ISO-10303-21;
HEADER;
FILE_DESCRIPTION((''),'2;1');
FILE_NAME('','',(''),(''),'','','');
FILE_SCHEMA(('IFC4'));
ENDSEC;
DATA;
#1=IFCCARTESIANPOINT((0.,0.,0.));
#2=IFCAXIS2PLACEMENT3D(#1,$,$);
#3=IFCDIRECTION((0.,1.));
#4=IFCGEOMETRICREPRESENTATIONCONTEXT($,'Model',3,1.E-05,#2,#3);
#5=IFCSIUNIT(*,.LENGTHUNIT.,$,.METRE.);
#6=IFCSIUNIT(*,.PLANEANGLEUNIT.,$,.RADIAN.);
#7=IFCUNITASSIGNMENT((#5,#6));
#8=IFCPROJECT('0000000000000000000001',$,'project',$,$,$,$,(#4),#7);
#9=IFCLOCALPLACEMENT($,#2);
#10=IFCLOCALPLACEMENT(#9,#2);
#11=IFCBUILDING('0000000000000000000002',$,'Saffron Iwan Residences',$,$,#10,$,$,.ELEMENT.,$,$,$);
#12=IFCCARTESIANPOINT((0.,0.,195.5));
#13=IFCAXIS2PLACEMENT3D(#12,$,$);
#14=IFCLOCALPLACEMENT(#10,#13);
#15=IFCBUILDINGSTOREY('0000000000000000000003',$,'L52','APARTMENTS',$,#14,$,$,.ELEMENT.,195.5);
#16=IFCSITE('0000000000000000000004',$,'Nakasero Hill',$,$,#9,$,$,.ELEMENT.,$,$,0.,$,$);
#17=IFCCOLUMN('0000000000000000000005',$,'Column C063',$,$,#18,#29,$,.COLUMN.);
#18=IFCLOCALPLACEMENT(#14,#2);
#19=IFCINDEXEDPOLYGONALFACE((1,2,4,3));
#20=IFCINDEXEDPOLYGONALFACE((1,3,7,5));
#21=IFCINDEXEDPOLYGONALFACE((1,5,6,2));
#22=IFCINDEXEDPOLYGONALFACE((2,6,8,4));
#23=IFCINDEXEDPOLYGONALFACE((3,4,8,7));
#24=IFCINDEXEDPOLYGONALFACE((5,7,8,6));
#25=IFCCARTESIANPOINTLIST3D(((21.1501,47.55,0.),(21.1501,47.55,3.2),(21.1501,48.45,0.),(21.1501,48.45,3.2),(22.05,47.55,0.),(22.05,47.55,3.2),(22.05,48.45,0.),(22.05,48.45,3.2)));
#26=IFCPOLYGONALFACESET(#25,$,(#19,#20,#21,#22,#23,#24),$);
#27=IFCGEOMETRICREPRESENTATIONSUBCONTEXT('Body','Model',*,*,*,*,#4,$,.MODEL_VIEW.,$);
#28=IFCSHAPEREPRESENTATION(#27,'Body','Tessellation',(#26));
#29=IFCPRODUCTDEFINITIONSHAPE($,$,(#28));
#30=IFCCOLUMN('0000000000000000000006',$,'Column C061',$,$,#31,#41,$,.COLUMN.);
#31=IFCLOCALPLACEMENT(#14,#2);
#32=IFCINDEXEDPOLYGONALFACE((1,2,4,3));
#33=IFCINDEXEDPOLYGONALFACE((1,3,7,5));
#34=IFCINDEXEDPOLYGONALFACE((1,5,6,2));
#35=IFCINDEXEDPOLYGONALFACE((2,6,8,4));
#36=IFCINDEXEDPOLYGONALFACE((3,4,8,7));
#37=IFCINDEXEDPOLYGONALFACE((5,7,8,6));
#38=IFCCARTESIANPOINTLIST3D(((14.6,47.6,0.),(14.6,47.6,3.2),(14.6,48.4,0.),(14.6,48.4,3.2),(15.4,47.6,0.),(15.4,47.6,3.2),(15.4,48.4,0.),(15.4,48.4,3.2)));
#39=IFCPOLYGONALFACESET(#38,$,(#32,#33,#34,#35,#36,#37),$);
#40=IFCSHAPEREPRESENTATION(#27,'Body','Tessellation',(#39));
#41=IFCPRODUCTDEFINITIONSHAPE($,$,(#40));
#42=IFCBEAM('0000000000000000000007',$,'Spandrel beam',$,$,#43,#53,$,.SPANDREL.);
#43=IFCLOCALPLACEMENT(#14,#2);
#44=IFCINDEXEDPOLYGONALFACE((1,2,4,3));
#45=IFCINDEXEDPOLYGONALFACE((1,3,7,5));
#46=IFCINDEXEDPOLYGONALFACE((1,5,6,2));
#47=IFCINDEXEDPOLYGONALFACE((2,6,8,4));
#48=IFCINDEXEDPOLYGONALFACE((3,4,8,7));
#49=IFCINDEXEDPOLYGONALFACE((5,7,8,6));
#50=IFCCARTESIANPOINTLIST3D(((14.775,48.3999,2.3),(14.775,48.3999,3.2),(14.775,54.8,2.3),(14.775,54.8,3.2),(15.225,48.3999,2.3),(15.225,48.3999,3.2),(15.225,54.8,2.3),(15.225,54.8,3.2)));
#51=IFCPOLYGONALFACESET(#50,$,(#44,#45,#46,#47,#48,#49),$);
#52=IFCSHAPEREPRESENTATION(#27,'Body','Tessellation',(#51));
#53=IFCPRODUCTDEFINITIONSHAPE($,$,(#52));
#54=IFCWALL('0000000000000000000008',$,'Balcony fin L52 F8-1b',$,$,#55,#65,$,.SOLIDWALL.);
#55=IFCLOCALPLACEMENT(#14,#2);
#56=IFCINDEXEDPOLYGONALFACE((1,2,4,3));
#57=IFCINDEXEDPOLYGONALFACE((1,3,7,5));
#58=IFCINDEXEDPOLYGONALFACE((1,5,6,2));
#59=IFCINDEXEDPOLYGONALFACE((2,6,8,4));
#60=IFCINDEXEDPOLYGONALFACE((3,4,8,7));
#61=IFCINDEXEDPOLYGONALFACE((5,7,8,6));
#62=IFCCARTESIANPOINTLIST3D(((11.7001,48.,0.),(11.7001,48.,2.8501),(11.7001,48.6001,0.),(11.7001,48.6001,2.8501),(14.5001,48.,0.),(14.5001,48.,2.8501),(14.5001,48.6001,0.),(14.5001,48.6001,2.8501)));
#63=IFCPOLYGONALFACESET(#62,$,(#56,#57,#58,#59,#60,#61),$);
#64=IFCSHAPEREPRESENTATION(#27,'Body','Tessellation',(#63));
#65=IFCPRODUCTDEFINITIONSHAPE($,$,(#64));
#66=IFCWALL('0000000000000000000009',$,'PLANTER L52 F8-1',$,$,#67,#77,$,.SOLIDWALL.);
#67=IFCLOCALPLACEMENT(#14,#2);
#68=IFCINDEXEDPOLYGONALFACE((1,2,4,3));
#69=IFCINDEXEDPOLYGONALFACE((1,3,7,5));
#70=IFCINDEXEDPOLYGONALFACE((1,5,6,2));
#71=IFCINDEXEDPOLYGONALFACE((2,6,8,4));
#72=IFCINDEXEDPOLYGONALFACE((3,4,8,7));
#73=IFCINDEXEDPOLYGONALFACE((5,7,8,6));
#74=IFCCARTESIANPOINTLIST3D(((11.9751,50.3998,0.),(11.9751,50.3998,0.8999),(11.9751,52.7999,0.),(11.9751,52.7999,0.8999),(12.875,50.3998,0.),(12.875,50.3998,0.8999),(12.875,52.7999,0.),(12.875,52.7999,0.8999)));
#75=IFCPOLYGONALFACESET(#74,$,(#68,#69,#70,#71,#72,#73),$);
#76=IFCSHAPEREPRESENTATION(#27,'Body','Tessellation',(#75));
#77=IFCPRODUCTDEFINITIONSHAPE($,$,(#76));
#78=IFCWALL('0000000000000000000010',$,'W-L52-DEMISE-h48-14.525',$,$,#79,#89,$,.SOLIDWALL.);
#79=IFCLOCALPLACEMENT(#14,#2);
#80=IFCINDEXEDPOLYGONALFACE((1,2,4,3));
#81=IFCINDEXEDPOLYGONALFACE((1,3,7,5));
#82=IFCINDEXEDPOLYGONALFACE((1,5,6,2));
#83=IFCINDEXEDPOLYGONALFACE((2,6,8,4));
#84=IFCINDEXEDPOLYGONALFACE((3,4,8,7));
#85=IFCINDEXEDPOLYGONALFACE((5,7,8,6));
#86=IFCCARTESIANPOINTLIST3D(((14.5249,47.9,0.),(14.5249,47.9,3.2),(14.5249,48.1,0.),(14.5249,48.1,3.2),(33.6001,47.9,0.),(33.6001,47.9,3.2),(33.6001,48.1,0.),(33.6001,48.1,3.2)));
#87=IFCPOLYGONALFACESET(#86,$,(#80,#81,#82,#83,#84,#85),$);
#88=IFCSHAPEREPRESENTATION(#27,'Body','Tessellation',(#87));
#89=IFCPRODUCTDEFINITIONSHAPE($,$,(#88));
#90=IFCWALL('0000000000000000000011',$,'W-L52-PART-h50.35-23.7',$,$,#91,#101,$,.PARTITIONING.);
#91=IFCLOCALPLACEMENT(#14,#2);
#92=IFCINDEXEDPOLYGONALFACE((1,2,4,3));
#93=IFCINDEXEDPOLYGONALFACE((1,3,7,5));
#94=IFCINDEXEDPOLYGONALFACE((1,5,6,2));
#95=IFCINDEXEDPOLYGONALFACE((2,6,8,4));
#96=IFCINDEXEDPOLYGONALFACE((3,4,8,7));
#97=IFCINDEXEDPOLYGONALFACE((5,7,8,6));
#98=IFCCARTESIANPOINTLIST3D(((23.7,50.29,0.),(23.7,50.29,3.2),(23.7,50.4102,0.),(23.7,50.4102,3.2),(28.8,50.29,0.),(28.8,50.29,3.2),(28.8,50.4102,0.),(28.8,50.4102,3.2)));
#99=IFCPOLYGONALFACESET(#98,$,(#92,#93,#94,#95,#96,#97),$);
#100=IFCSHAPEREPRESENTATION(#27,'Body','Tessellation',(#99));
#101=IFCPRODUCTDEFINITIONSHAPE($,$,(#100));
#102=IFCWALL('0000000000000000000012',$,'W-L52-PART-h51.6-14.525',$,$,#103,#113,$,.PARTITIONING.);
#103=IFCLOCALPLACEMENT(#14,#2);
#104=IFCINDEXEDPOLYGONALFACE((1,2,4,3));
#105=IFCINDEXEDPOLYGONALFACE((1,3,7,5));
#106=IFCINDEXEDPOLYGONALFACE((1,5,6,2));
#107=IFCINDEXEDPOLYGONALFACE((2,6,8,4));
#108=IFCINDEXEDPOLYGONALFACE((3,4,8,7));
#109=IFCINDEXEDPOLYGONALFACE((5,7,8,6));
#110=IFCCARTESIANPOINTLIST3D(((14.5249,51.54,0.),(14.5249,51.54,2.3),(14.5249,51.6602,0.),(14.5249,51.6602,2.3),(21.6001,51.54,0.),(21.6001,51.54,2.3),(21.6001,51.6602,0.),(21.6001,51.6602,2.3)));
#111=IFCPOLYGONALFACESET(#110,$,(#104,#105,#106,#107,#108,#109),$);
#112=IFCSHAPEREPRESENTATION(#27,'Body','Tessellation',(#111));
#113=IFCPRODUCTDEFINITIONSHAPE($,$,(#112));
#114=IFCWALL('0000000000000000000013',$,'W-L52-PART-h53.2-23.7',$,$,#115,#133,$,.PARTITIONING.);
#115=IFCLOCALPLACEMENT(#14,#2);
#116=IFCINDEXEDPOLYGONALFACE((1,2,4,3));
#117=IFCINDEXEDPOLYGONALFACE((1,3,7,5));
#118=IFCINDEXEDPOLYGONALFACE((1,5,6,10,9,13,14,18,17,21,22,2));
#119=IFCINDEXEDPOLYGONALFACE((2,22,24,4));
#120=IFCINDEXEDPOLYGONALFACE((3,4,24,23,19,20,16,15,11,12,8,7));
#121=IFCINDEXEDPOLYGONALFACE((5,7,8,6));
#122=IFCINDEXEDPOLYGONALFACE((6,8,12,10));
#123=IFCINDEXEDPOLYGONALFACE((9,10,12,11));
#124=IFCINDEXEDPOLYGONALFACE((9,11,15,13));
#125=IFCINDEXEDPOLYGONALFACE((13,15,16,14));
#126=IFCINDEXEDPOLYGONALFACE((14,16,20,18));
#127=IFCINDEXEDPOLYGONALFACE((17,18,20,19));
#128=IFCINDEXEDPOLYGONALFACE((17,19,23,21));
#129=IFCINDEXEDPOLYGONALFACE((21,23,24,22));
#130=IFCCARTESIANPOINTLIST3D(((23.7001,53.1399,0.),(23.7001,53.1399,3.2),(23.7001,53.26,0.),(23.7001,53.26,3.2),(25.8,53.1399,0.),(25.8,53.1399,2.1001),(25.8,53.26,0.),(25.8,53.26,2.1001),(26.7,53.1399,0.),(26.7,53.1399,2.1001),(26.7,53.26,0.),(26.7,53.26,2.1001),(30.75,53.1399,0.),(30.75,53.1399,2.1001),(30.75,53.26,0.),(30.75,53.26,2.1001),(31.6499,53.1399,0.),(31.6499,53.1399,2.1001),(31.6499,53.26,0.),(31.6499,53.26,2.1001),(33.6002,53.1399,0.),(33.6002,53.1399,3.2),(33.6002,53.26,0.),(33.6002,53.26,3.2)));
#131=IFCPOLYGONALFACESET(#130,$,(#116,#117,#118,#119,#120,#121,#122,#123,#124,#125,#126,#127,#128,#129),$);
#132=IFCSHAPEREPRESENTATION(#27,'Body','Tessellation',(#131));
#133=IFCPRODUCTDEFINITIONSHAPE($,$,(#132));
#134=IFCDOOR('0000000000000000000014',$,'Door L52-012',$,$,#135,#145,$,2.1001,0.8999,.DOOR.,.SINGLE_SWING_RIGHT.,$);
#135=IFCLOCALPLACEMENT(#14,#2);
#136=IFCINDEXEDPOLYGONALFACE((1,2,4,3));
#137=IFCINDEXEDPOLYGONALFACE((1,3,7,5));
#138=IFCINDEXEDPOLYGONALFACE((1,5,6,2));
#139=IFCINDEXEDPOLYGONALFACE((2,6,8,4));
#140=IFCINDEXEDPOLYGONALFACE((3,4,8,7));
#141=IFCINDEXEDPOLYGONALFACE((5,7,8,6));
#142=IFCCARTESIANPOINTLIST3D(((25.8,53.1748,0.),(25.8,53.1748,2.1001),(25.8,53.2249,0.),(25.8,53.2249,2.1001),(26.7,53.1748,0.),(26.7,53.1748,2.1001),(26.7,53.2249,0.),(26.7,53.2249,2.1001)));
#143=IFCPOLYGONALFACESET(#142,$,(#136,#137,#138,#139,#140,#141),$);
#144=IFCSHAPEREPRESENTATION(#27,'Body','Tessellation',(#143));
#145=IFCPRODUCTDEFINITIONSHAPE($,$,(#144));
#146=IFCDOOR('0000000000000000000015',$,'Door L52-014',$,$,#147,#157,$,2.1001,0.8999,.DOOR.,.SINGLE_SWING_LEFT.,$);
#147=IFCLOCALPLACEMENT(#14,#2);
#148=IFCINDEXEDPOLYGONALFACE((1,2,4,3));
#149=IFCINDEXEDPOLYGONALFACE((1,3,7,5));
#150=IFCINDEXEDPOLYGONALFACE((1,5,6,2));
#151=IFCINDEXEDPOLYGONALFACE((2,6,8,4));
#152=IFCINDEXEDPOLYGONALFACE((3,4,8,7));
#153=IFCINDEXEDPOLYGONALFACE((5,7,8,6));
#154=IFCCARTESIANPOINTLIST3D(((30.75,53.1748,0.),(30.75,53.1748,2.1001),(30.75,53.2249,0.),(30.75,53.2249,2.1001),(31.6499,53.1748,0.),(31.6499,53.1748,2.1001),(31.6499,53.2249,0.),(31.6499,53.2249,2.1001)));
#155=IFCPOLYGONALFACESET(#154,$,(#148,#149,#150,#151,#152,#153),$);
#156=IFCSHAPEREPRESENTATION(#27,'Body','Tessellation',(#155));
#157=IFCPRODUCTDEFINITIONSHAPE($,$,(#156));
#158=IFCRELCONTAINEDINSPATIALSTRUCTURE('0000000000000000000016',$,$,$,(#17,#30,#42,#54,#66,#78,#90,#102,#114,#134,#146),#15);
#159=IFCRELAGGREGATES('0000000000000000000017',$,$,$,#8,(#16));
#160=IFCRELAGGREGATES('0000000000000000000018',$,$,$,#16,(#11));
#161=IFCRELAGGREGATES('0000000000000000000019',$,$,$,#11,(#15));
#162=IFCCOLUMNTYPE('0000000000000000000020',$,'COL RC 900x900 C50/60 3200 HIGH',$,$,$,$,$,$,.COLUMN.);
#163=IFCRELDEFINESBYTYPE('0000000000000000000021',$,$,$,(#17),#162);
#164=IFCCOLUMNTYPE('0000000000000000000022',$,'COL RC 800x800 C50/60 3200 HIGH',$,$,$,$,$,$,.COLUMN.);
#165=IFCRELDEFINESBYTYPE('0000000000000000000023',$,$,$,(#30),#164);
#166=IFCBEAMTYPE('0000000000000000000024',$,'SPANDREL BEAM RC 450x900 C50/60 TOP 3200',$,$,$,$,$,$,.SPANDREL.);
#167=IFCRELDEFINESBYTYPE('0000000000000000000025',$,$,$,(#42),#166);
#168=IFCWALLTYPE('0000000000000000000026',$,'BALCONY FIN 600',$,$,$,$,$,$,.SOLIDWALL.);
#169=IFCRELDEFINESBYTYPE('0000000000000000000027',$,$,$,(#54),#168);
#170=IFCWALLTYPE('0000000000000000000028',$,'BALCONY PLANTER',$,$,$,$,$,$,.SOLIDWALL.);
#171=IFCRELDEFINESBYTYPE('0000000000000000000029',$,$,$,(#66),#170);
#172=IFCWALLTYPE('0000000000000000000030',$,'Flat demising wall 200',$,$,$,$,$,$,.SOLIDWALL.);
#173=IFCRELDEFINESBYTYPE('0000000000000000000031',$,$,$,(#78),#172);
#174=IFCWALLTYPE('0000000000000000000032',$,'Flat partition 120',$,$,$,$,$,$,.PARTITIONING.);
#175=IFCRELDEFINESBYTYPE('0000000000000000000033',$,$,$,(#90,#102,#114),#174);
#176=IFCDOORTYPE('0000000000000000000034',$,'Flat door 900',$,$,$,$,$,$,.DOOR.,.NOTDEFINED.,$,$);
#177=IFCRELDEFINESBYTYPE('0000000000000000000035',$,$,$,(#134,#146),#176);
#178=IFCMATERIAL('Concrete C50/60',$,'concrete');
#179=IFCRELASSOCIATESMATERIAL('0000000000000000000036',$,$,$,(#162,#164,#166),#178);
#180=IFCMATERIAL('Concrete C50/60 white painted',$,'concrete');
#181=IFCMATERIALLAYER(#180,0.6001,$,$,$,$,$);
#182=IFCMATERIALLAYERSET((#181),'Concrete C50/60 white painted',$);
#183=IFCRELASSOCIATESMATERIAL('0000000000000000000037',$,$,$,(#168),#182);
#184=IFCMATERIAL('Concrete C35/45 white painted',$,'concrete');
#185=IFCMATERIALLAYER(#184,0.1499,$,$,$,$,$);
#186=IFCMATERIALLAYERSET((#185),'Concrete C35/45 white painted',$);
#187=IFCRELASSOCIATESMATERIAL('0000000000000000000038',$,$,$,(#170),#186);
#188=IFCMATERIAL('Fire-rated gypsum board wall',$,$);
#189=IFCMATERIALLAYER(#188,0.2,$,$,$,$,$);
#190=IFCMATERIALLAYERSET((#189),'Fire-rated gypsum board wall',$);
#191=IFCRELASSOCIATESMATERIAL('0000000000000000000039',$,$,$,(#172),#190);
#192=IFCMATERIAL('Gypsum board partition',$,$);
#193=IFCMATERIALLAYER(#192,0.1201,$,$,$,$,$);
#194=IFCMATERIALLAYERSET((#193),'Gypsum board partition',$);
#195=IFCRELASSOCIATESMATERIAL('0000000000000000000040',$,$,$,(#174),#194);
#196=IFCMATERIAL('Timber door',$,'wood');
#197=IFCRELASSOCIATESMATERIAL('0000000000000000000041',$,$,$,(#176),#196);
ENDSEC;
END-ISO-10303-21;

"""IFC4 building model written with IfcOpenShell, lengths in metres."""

from ifc_helpers import new_model, si_unit, direction, frame, frame_2d, origin, origin_2d, place, context, subcontext, project, spatial, rectangle, extrude, source, transform, mapped, material, layer, layer_set, material_profile, profile_set, type_object, element, fill, save


model = new_model("IFC4")

# Units and contexts
model_context = context("Model", 3, precision=1e-05, world=origin(), true_north=direction((0.0, 1.0)))
body_context = subcontext(model_context, "Body", "Model", "MODEL_VIEW")
ifc_project = project(units=[si_unit("LENGTHUNIT", "METRE"), si_unit("PLANEANGLEUNIT", "RADIAN")], contexts=[model_context])

# Site, building, storey
site_placement = place(None, origin())
site = spatial("IfcSite", under=ifc_project, at=site_placement, Name="Nakasero Hill", CompositionType="ELEMENT", RefElevation=0.0)
building_placement = place(site_placement, origin())
building = spatial("IfcBuilding", under=site, at=building_placement, Name="Saffron Iwan Residences", CompositionType="ELEMENT")
storey_placement = place(building_placement, frame((0.0, 0.0, 195.5)))
storey = spatial("IfcBuildingStorey", under=building, at=storey_placement, Name="L52", Description="APARTMENTS", CompositionType="ELEMENT", Elevation=195.5)

# Columns
ifc_material_1 = material(Name="Concrete C50/60", Category="concrete")
ifc_material_profile_1 = material_profile(ifc_material_1, rectangle(XDim=0.8999, YDim=0.8999, at=origin_2d()), Name="RC 900x900")
ifc_profile_set_1 = profile_set([ifc_material_profile_1], Name="Concrete C50/60")
column_type_1 = type_object("IfcColumnType", Name="COL RC 900x900 C50/60 3200 HIGH", PredefinedType="COLUMN", material=ifc_profile_set_1)
shared_shape_1 = source(origin(), body_context, "Body", "SweptSolid", [
    extrude(rectangle(XDim=0.8999, YDim=0.8999, at=origin_2d()), origin(), (0.0, 0.0, 1.0), 3.2),
])
column_1_placement = place(storey_placement, frame((21.6001, 48.0, 0.0), z_axis=(0.0, 0.0, 1.0), x_axis=(1.0, 0.0, 0.0)))
element("IfcColumn", 1, at=column_1_placement, inside=storey, type_object=column_type_1, Name="Column C063", PredefinedType="COLUMN", context=body_context, shape_type="MappedRepresentation", body=[
    mapped(shared_shape_1, transform((0.0, 0.0, 0.0))),
])
ifc_material_profile_2 = material_profile(ifc_material_1, rectangle(XDim=0.8, YDim=0.8, at=origin_2d()), Name="RC 800x800")
ifc_profile_set_2 = profile_set([ifc_material_profile_2], Name="Concrete C50/60")
column_type_2 = type_object("IfcColumnType", Name="COL RC 800x800 C50/60 3200 HIGH", PredefinedType="COLUMN", material=ifc_profile_set_2)
shared_shape_2 = source(origin(), body_context, "Body", "SweptSolid", [
    extrude(rectangle(XDim=0.8, YDim=0.8, at=origin_2d()), origin(), (0.0, 0.0, 1.0), 3.2),
])
column_2_placement = place(storey_placement, frame((15.0, 48.0, 0.0), z_axis=(0.0, 0.0, 1.0), x_axis=(1.0, 0.0, 0.0)))
element("IfcColumn", 2, at=column_2_placement, inside=storey, type_object=column_type_2, Name="Column C061", PredefinedType="COLUMN", context=body_context, shape_type="MappedRepresentation", body=[
    mapped(shared_shape_2, transform((0.0, 0.0, 0.0))),
])

# Beam
ifc_material_profile_3 = material_profile(ifc_material_1, rectangle(XDim=0.45, YDim=0.8999, at=origin_2d()), Name="RC 450x900")
ifc_profile_set_3 = profile_set([ifc_material_profile_3], Name="Concrete C50/60")
beam_type = type_object("IfcBeamType", Name="SPANDREL BEAM RC 450x900 C50/60 TOP 3200", PredefinedType="SPANDREL", material=ifc_profile_set_3)
shared_shape_3 = source(origin(), body_context, "Body", "SweptSolid", [
    extrude(rectangle(XDim=0.45, YDim=0.8999, at=origin_2d()), origin(), (0.0, 0.0, 1.0), 6.4001),
])
beam_placement = place(storey_placement, frame((15.0, 48.3999, 2.75), z_axis=(0.0, 1.0, 0.0), x_axis=(-1.0, 0.0, 0.0)))
element("IfcBeam", 3, at=beam_placement, inside=storey, type_object=beam_type, Name="Spandrel beam", PredefinedType="SPANDREL", context=body_context, shape_type="MappedRepresentation", body=[
    mapped(shared_shape_3, transform((0.0, 0.0, 0.0))),
])

# Walls
ifc_material_2 = material(Name="Concrete C50/60 white painted", Category="concrete")
ifc_layer_1 = layer(ifc_material_2, 0.6001)
ifc_layer_set_1 = layer_set([ifc_layer_1], Name="Concrete C50/60 white painted")
wall_type_1 = type_object("IfcWallType", Name="BALCONY FIN 600", PredefinedType="SOLIDWALL", material=ifc_layer_set_1)
wall_1_placement = place(storey_placement, frame((14.5, 48.3, 0.0), z_axis=(0.0, 0.0, 1.0), x_axis=(-1.0, 0.0, 0.0)))
element("IfcWall", 4, at=wall_1_placement, inside=storey, type_object=wall_type_1, Name="Balcony fin L52 F8-1b", PredefinedType="SOLIDWALL", context=body_context, shape_type="SweptSolid", body=[
    extrude(rectangle(XDim=2.8, YDim=0.6001, at=frame_2d((1.3999, 0.0))), origin(), (0.0, 0.0, 1.0), 2.8501),
])
ifc_material_3 = material(Name="Concrete C35/45 white painted", Category="concrete")
ifc_layer_2 = layer(ifc_material_3, 0.1499)
ifc_layer_set_2 = layer_set([ifc_layer_2], Name="Concrete C35/45 white painted")
wall_type_2 = type_object("IfcWallType", Name="BALCONY PLANTER", PredefinedType="SOLIDWALL", material=ifc_layer_set_2)
wall_2_placement = place(storey_placement, frame((12.425, 52.8, 0.0), z_axis=(0.0, 0.0, 1.0), x_axis=(0.0, -1.0, 0.0)))
element("IfcWall", 5, at=wall_2_placement, inside=storey, type_object=wall_type_2, Name="PLANTER L52 F8-1", PredefinedType="SOLIDWALL", context=body_context, shape_type="SweptSolid", body=[
    extrude(rectangle(XDim=2.4001, YDim=0.8999, at=frame_2d((1.2002, 0.0))), origin(), (0.0, 0.0, 1.0), 0.8999),
])
ifc_material_4 = material(Name="Fire-rated gypsum board wall")
ifc_layer_3 = layer(ifc_material_4, 0.2)
ifc_layer_set_3 = layer_set([ifc_layer_3], Name="Fire-rated gypsum board wall")
wall_type_3 = type_object("IfcWallType", Name="Flat demising wall 200", PredefinedType="SOLIDWALL", material=ifc_layer_set_3)
wall_3_placement = place(storey_placement, frame((14.5249, 48.0, 0.0), z_axis=(0.0, 0.0, 1.0), x_axis=(1.0, 0.0, 0.0)))
element("IfcWall", 6, at=wall_3_placement, inside=storey, type_object=wall_type_3, Name="W-L52-DEMISE-h48-14.525", PredefinedType="SOLIDWALL", context=body_context, shape_type="SweptSolid", body=[
    extrude(rectangle(XDim=19.0752, YDim=0.2, at=frame_2d((9.5376, 0.0))), origin(), (0.0, 0.0, 1.0), 3.2),
])
ifc_material_5 = material(Name="Gypsum board partition")
ifc_layer_4 = layer(ifc_material_5, 0.1201)
ifc_layer_set_4 = layer_set([ifc_layer_4], Name="Gypsum board partition")
wall_type_4 = type_object("IfcWallType", Name="Flat partition 120", PredefinedType="PARTITIONING", material=ifc_layer_set_4)
wall_4_placement = place(storey_placement, frame((23.7, 50.3501, 0.0), z_axis=(0.0, 0.0, 1.0), x_axis=(1.0, 0.0, 0.0)))
element("IfcWall", 7, at=wall_4_placement, inside=storey, type_object=wall_type_4, Name="W-L52-PART-h50.35-23.7", PredefinedType="PARTITIONING", context=body_context, shape_type="SweptSolid", body=[
    extrude(rectangle(XDim=5.1001, YDim=0.1201, at=frame_2d((2.55, 0.0))), origin(), (0.0, 0.0, 1.0), 3.2),
])
wall_5_placement = place(storey_placement, frame((14.5249, 51.6001, 0.0), z_axis=(0.0, 0.0, 1.0), x_axis=(1.0, 0.0, 0.0)))
element("IfcWall", 8, at=wall_5_placement, inside=storey, type_object=wall_type_4, Name="W-L52-PART-h51.6-14.525", PredefinedType="PARTITIONING", context=body_context, shape_type="SweptSolid", body=[
    extrude(rectangle(XDim=7.0752, YDim=0.1201, at=frame_2d((3.5376, 0.0))), origin(), (0.0, 0.0, 1.0), 2.3),
])

# Wall, openings, doors
wall_6_placement = place(storey_placement, frame((23.7, 53.2, 0.0), z_axis=(0.0, 0.0, 1.0), x_axis=(1.0, 0.0, 0.0)))
wall_6 = element("IfcWall", 9, at=wall_6_placement, inside=storey, type_object=wall_type_4, Name="W-L52-PART-h53.2-23.7", PredefinedType="PARTITIONING", context=body_context, shape_type="SweptSolid", body=[
    extrude(rectangle(XDim=9.9001, YDim=0.1201, at=frame_2d((4.9502, 0.0))), origin(), (0.0, 0.0, 1.0), 3.2),
])
opening_1_placement = place(wall_6_placement, frame((2.1001, 0.0, 0.0)))
opening_1 = element("IfcOpeningElement", 10, at=opening_1_placement, cuts=wall_6, PredefinedType="OPENING", context=body_context, shape_type="SweptSolid", body=[
    extrude(rectangle(XDim=0.8999, YDim=2.1001, at=frame_2d((0.45, 1.05))), frame((0.0, 0.0701, 0.0), z_axis=(0.0, -1.0, 0.0), x_axis=(1.0, 0.0, 0.0)), (0.0, 0.0, 1.0), 0.1401),
])
opening_2_placement = place(wall_6_placement, frame((7.05, 0.0, 0.0)))
opening_2 = element("IfcOpeningElement", 11, at=opening_2_placement, cuts=wall_6, PredefinedType="OPENING", context=body_context, shape_type="SweptSolid", body=[
    extrude(rectangle(XDim=0.8999, YDim=2.1001, at=frame_2d((0.45, 1.05))), frame((0.0, 0.0701, 0.0), z_axis=(0.0, -1.0, 0.0), x_axis=(1.0, 0.0, 0.0)), (0.0, 0.0, 1.0), 0.1401),
])
ifc_material_6 = material(Name="Timber door", Category="wood")
door_type_1 = type_object("IfcDoorType", Name="Flat door 900", OperationType="NOTDEFINED", PredefinedType="DOOR", material=ifc_material_6)
door_1_placement = place(opening_1_placement, origin())
door_1 = element("IfcDoor", 12, at=door_1_placement, inside=storey, type_object=door_type_1, Name="Door L52-012", OperationType="SINGLE_SWING_RIGHT", OverallHeight=2.1001, OverallWidth=0.8999, PredefinedType="DOOR", context=body_context, shape_type="SweptSolid", body=[
    extrude(rectangle(XDim=0.8999, YDim=2.1001, at=frame_2d((0.45, 1.05))), frame((0.0, 0.0249, 0.0), z_axis=(0.0, -1.0, 0.0), x_axis=(1.0, 0.0, 0.0)), (0.0, 0.0, 1.0), 0.05),
])
fill(opening_1, door_1)
door_2_placement = place(opening_2_placement, origin())
door_2 = element("IfcDoor", 13, at=door_2_placement, inside=storey, type_object=door_type_1, Name="Door L52-014", OperationType="SINGLE_SWING_LEFT", OverallHeight=2.1001, OverallWidth=0.8999, PredefinedType="DOOR", context=body_context, shape_type="SweptSolid", body=[
    extrude(rectangle(XDim=0.8999, YDim=2.1001, at=frame_2d((0.45, 1.05))), frame((0.0, 0.0249, 0.0), z_axis=(0.0, -1.0, 0.0), x_axis=(1.0, 0.0, 0.0)), (0.0, 0.0, 1.0), 0.05),
])
fill(opening_2, door_2)

save(model, "model.ifc")
